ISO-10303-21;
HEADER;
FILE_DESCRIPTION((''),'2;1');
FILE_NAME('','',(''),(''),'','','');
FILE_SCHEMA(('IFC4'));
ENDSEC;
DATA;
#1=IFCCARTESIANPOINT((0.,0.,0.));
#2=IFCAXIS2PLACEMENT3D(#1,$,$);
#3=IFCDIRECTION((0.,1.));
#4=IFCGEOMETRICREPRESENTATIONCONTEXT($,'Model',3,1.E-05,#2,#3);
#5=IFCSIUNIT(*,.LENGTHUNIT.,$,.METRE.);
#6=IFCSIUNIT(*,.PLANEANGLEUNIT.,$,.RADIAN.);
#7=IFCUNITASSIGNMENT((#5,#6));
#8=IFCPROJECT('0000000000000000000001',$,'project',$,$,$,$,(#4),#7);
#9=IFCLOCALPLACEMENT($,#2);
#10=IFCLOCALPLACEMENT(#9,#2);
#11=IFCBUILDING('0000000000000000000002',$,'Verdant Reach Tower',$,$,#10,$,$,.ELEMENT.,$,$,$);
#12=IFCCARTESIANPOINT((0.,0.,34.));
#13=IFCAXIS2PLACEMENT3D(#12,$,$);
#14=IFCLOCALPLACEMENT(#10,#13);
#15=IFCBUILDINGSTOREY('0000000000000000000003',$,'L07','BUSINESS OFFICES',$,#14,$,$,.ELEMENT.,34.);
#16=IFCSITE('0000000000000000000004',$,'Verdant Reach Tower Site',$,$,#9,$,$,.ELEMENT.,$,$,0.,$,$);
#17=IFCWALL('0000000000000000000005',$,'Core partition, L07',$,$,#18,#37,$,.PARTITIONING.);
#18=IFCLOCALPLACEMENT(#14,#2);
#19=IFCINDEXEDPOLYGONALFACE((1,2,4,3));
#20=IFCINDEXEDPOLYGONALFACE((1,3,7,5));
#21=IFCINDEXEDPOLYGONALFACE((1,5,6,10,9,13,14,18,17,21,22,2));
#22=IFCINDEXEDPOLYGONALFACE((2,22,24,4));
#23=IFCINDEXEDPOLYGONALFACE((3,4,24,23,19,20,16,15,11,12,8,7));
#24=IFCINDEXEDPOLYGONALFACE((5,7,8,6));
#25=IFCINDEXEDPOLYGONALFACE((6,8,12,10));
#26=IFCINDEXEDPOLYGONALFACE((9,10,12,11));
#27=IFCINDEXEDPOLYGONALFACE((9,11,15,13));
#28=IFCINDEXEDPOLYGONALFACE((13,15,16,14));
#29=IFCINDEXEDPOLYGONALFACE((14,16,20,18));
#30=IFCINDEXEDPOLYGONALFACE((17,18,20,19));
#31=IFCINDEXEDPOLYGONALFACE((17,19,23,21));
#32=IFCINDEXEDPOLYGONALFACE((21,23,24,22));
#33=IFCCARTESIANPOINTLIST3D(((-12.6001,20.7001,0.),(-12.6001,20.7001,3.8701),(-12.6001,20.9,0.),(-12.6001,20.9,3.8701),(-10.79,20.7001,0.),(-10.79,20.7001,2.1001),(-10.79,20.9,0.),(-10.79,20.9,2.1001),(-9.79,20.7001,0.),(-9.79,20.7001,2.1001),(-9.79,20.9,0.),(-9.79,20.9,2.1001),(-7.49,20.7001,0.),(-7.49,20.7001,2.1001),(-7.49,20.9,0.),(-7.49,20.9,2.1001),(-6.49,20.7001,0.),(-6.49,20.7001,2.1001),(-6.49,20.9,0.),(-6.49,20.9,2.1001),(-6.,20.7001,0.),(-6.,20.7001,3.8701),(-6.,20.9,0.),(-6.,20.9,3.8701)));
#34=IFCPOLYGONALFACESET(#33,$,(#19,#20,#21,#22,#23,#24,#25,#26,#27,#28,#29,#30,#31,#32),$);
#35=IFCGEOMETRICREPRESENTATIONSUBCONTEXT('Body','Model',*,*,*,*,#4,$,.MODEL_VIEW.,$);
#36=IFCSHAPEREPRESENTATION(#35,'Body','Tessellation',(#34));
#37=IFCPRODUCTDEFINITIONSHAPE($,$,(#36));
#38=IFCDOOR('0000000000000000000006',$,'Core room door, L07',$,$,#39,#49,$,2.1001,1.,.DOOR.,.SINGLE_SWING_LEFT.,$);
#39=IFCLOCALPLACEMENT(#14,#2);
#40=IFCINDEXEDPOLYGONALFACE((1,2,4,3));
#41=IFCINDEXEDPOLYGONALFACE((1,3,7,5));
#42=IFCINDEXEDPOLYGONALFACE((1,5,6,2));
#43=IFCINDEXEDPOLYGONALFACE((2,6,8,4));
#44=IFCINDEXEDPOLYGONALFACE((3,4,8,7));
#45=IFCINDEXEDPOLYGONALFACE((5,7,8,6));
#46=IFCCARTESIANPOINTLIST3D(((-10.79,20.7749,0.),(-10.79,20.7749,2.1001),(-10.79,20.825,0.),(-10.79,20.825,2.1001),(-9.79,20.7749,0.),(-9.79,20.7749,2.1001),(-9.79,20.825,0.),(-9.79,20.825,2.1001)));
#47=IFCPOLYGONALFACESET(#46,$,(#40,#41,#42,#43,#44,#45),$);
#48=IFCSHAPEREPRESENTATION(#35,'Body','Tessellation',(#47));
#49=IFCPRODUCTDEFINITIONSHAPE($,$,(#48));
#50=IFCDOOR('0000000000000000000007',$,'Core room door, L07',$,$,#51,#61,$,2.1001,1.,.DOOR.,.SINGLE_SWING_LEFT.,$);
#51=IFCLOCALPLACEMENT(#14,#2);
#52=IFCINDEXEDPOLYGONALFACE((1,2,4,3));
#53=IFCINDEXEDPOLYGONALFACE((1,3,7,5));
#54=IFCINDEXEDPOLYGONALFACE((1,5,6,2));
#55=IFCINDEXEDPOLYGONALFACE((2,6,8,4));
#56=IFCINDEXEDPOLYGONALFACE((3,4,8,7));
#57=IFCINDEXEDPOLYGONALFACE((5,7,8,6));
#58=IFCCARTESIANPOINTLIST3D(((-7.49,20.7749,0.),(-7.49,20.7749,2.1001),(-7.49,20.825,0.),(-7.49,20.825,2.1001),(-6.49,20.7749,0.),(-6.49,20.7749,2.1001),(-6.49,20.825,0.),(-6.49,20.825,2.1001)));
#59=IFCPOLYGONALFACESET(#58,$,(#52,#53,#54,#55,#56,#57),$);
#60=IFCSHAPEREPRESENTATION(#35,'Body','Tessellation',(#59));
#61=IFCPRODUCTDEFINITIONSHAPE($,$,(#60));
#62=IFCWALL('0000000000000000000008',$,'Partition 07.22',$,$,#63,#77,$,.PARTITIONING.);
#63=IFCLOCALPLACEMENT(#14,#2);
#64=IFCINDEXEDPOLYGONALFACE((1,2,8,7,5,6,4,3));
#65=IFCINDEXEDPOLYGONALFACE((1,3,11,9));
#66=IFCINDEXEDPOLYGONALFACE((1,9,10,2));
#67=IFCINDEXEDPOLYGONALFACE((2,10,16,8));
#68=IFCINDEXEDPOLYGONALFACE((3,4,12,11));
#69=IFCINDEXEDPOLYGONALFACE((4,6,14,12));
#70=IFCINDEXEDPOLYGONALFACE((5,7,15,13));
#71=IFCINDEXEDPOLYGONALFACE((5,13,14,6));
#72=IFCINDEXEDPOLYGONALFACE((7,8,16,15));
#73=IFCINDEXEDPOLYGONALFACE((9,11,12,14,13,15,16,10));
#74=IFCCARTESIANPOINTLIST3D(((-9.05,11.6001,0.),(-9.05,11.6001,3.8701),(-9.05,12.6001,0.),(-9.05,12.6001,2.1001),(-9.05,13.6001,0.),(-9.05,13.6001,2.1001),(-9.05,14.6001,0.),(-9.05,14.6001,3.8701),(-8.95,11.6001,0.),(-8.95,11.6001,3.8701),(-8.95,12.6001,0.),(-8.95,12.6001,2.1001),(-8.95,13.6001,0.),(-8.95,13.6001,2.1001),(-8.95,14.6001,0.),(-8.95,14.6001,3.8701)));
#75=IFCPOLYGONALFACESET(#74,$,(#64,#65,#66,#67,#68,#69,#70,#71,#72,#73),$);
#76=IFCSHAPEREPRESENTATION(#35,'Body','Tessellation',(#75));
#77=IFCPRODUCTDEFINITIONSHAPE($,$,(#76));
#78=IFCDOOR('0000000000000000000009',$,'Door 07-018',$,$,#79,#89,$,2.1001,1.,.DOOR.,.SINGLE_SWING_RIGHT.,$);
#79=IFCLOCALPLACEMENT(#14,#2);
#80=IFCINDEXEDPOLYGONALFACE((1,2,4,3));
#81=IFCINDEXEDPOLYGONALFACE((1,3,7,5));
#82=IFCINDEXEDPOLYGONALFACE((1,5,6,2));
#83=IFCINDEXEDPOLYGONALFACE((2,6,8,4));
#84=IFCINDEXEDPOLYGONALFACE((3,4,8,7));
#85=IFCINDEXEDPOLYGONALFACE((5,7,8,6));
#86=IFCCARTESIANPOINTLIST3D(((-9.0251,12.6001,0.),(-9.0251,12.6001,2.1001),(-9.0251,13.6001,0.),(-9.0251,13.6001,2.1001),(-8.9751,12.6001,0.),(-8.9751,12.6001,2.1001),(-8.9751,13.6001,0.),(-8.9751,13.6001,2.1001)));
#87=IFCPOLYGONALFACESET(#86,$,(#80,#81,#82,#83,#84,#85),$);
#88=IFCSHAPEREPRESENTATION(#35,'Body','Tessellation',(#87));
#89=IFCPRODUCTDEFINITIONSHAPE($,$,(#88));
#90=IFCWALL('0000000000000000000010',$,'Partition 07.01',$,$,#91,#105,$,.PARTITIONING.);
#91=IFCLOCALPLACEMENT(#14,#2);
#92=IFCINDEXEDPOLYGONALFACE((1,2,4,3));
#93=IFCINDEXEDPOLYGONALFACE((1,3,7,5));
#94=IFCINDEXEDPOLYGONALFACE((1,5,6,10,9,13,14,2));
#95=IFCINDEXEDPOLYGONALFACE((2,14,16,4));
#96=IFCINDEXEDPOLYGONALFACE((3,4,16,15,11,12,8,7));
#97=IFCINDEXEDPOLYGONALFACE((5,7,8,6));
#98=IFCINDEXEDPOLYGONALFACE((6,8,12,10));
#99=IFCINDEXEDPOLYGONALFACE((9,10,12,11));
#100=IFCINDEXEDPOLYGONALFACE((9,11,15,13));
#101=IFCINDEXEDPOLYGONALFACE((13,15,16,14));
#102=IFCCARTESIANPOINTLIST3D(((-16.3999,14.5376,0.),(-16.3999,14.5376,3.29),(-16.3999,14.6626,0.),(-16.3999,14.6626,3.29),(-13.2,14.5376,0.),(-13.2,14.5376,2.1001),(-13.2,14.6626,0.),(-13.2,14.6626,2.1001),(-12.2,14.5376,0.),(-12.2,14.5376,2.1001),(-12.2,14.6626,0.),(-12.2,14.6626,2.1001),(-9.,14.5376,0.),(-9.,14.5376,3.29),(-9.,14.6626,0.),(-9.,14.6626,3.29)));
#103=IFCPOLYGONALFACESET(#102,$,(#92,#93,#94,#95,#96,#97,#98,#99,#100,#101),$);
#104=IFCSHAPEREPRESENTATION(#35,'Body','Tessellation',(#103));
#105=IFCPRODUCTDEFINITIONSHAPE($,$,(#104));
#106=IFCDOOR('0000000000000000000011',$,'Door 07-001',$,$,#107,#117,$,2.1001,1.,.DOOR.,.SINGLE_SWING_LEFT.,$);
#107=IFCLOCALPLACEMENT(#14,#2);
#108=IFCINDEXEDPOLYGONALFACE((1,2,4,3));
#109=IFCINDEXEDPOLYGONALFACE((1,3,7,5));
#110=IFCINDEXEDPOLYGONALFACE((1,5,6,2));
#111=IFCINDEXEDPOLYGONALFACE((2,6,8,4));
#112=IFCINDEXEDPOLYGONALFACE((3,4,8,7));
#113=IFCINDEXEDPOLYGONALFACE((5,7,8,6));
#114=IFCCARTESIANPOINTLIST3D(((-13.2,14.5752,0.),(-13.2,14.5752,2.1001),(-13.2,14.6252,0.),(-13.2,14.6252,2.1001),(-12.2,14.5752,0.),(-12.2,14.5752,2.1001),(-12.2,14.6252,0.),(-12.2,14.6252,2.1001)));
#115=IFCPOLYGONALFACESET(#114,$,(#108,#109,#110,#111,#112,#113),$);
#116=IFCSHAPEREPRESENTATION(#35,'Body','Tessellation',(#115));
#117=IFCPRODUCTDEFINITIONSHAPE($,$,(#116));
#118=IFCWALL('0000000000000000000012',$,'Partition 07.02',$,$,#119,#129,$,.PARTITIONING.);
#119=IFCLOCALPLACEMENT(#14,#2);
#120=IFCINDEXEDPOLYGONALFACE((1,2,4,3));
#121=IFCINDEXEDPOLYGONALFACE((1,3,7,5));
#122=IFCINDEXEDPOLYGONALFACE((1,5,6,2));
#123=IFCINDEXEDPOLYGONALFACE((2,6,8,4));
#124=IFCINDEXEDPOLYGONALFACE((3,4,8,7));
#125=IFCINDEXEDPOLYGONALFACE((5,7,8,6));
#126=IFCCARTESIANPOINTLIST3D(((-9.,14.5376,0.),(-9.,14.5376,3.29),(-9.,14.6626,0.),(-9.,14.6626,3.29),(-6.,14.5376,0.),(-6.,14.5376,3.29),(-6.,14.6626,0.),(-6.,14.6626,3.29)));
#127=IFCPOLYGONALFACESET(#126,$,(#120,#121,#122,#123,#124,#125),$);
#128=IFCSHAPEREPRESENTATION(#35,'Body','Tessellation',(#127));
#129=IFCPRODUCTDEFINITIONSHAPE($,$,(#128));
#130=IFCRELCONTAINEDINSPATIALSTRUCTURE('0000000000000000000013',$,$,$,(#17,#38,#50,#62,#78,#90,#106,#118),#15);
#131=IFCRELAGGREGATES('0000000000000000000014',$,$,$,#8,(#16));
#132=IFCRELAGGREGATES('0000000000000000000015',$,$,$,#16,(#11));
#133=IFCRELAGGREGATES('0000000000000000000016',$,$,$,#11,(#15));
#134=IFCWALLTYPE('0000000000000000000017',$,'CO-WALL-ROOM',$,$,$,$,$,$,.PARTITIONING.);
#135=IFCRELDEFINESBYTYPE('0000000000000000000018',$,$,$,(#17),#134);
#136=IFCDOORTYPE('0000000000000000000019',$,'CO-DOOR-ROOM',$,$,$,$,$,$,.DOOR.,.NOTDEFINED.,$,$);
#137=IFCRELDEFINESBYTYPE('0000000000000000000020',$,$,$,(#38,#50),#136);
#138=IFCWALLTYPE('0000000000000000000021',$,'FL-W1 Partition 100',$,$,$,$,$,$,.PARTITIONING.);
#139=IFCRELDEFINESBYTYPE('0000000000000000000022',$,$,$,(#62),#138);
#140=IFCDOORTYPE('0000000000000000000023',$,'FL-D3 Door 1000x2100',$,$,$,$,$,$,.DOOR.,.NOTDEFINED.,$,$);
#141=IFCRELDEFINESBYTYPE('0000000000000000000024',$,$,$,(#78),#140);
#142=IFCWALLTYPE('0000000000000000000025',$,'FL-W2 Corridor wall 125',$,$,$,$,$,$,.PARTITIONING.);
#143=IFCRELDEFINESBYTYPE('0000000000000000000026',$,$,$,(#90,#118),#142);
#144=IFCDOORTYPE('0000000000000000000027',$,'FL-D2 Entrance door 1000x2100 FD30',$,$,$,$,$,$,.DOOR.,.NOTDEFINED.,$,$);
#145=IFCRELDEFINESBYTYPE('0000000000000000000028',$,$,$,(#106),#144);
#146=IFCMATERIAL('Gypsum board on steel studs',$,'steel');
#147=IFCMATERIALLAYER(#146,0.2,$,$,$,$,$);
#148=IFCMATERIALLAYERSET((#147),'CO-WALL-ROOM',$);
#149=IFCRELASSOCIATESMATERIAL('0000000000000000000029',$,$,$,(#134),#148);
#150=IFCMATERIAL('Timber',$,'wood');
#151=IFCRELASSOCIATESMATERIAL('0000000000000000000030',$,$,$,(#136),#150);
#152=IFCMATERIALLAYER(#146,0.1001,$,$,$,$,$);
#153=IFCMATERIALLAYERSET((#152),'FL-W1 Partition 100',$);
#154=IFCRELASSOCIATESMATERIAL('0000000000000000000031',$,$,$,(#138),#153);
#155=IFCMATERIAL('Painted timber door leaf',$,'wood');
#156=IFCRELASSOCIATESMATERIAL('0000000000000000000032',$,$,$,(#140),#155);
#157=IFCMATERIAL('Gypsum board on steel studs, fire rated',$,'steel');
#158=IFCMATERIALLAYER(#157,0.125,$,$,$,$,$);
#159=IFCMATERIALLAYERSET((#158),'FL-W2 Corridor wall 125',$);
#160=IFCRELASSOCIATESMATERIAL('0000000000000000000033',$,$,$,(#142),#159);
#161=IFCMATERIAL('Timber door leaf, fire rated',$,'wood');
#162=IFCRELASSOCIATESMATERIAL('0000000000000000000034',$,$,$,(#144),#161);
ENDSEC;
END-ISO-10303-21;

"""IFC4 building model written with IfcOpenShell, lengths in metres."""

from ifc_helpers import new_model, si_unit, direction, frame, frame_2d, origin, place, context, subcontext, project, spatial, rectangle, extrude, material, layer, layer_set, type_object, element, fill, save


model = new_model("IFC4")

# Units and contexts
model_context = context("Model", 3, precision=1e-05, world=origin(), true_north=direction((0.0, 1.0)))
body_context = subcontext(model_context, "Body", "Model", "MODEL_VIEW")
ifc_project = project(units=[si_unit("LENGTHUNIT", "METRE"), si_unit("PLANEANGLEUNIT", "RADIAN")], contexts=[model_context])

# Site, building, storey
site_placement = place(None, origin())
site = spatial("IfcSite", under=ifc_project, at=site_placement, Name="Verdant Reach Tower Site", CompositionType="ELEMENT", RefElevation=0.0)
building_placement = place(site_placement, origin())
building = spatial("IfcBuilding", under=site, at=building_placement, Name="Verdant Reach Tower", CompositionType="ELEMENT")
storey_placement = place(building_placement, frame((0.0, 0.0, 34.0)))
storey = spatial("IfcBuildingStorey", under=building, at=storey_placement, Name="L07", Description="BUSINESS OFFICES", CompositionType="ELEMENT", Elevation=34.0)

# Wall, openings, doors
ifc_material_1 = material(Name="Gypsum board on steel studs", Category="steel")
ifc_layer_1 = layer(ifc_material_1, 0.2)
ifc_layer_set_1 = layer_set([ifc_layer_1], Name="CO-WALL-ROOM")
wall_type_1 = type_object("IfcWallType", Name="CO-WALL-ROOM", PredefinedType="PARTITIONING", material=ifc_layer_set_1)
wall_1_placement = place(storey_placement, frame((-12.6001, 20.8, 0.0), z_axis=(0.0, 0.0, 1.0), x_axis=(1.0, 0.0, 0.0)))
wall_1 = element("IfcWall", 1, at=wall_1_placement, inside=storey, type_object=wall_type_1, Name="Core partition, L07", PredefinedType="PARTITIONING", context=body_context, shape_type="SweptSolid", body=[
    extrude(rectangle(XDim=6.6001, YDim=0.2, at=frame_2d((3.3, 0.0))), origin(), (0.0, 0.0, 1.0), 3.8701),
])
opening_1_placement = place(wall_1_placement, frame((1.8101, 0.0, 0.0)))
opening_1 = element("IfcOpeningElement", 2, at=opening_1_placement, cuts=wall_1, PredefinedType="OPENING", context=body_context, shape_type="SweptSolid", body=[
    extrude(rectangle(XDim=1.0, YDim=2.1001, at=frame_2d((0.5, 1.05))), frame((0.0, 0.1099, 0.0), z_axis=(0.0, -1.0, 0.0), x_axis=(1.0, 0.0, 0.0)), (0.0, 0.0, 1.0), 0.22),
])
opening_2_placement = place(wall_1_placement, frame((5.1101, 0.0, 0.0)))
opening_2 = element("IfcOpeningElement", 3, at=opening_2_placement, cuts=wall_1, PredefinedType="OPENING", context=body_context, shape_type="SweptSolid", body=[
    extrude(rectangle(XDim=1.0, YDim=2.1001, at=frame_2d((0.5, 1.05))), frame((0.0, 0.1099, 0.0), z_axis=(0.0, -1.0, 0.0), x_axis=(1.0, 0.0, 0.0)), (0.0, 0.0, 1.0), 0.22),
])
ifc_material_2 = material(Name="Timber", Category="wood")
door_type_1 = type_object("IfcDoorType", Name="CO-DOOR-ROOM", OperationType="NOTDEFINED", PredefinedType="DOOR", material=ifc_material_2)
door_1_placement = place(opening_1_placement, origin())
door_1 = element("IfcDoor", 4, at=door_1_placement, inside=storey, type_object=door_type_1, Name="Core room door, L07", OperationType="SINGLE_SWING_LEFT", OverallHeight=2.1001, OverallWidth=1.0, PredefinedType="DOOR", context=body_context, shape_type="SweptSolid", body=[
    extrude(rectangle(XDim=1.0, YDim=2.1001, at=frame_2d((0.5, 1.05))), frame((0.0, 0.0249, 0.0), z_axis=(0.0, -1.0, 0.0), x_axis=(1.0, 0.0, 0.0)), (0.0, 0.0, 1.0), 0.05),
])
fill(opening_1, door_1)
door_2_placement = place(opening_2_placement, origin())
door_2 = element("IfcDoor", 5, at=door_2_placement, inside=storey, type_object=door_type_1, Name="Core room door, L07", OperationType="SINGLE_SWING_LEFT", OverallHeight=2.1001, OverallWidth=1.0, PredefinedType="DOOR", context=body_context, shape_type="SweptSolid", body=[
    extrude(rectangle(XDim=1.0, YDim=2.1001, at=frame_2d((0.5, 1.05))), frame((0.0, 0.0249, 0.0), z_axis=(0.0, -1.0, 0.0), x_axis=(1.0, 0.0, 0.0)), (0.0, 0.0, 1.0), 0.05),
])
fill(opening_2, door_2)

# Walls, openings, doors
ifc_layer_2 = layer(ifc_material_1, 0.1001)
ifc_layer_set_2 = layer_set([ifc_layer_2], Name="FL-W1 Partition 100")
wall_type_2 = type_object("IfcWallType", Name="FL-W1 Partition 100", PredefinedType="PARTITIONING", material=ifc_layer_set_2)
wall_2_placement = place(storey_placement, frame((-9.0, 14.6001, 0.0), z_axis=(0.0, 0.0, 1.0), x_axis=(0.0, -1.0, 0.0)))
wall_2 = element("IfcWall", 6, at=wall_2_placement, inside=storey, type_object=wall_type_2, Name="Partition 07.22", PredefinedType="PARTITIONING", context=body_context, shape_type="SweptSolid", body=[
    extrude(rectangle(XDim=3.0, YDim=0.1001, at=frame_2d((1.5, 0.0))), origin(), (0.0, 0.0, 1.0), 3.8701),
])
opening_3_placement = place(wall_2_placement, frame((1.0, 0.0, 0.0)))
opening_3 = element("IfcOpeningElement", 7, at=opening_3_placement, cuts=wall_2, PredefinedType="OPENING", context=body_context, shape_type="SweptSolid", body=[
    extrude(rectangle(XDim=1.0, YDim=2.1001, at=frame_2d((0.5, 1.05))), frame((0.0, 0.0601, 0.0), z_axis=(0.0, -1.0, 0.0), x_axis=(1.0, 0.0, 0.0)), (0.0, 0.0, 1.0), 0.1201),
])
ifc_material_3 = material(Name="Painted timber door leaf", Category="wood")
door_type_2 = type_object("IfcDoorType", Name="FL-D3 Door 1000x2100", OperationType="NOTDEFINED", PredefinedType="DOOR", material=ifc_material_3)
door_3_placement = place(opening_3_placement, origin())
door_3 = element("IfcDoor", 8, at=door_3_placement, inside=storey, type_object=door_type_2, Name="Door 07-018", OperationType="SINGLE_SWING_RIGHT", OverallHeight=2.1001, OverallWidth=1.0, PredefinedType="DOOR", context=body_context, shape_type="SweptSolid", body=[
    extrude(rectangle(XDim=1.0, YDim=2.1001, at=frame_2d((0.5, 1.05))), frame((0.0, 0.0249, 0.0), z_axis=(0.0, -1.0, 0.0), x_axis=(1.0, 0.0, 0.0)), (0.0, 0.0, 1.0), 0.05),
])
fill(opening_3, door_3)
ifc_material_4 = material(Name="Gypsum board on steel studs, fire rated", Category="steel")
ifc_layer_3 = layer(ifc_material_4, 0.125)
ifc_layer_set_3 = layer_set([ifc_layer_3], Name="FL-W2 Corridor wall 125")
wall_type_3 = type_object("IfcWallType", Name="FL-W2 Corridor wall 125", PredefinedType="PARTITIONING", material=ifc_layer_set_3)
wall_3_placement = place(storey_placement, frame((-9.0, 14.6001, 0.0), z_axis=(0.0, 0.0, 1.0), x_axis=(-1.0, 0.0, 0.0)))
wall_3 = element("IfcWall", 9, at=wall_3_placement, inside=storey, type_object=wall_type_3, Name="Partition 07.01", PredefinedType="PARTITIONING", context=body_context, shape_type="SweptSolid", body=[
    extrude(rectangle(XDim=7.3999, YDim=0.125, at=frame_2d((3.7, 0.0))), origin(), (0.0, 0.0, 1.0), 3.29),
])
opening_4_placement = place(wall_3_placement, frame((3.2, 0.0, 0.0)))
opening_4 = element("IfcOpeningElement", 10, at=opening_4_placement, cuts=wall_3, PredefinedType="OPENING", context=body_context, shape_type="SweptSolid", body=[
    extrude(rectangle(XDim=1.0, YDim=2.1001, at=frame_2d((0.5, 1.05))), frame((0.0, 0.0725, 0.0), z_axis=(0.0, -1.0, 0.0), x_axis=(1.0, 0.0, 0.0)), (0.0, 0.0, 1.0), 0.145),
])
ifc_material_5 = material(Name="Timber door leaf, fire rated", Category="wood")
door_type_3 = type_object("IfcDoorType", Name="FL-D2 Entrance door 1000x2100 FD30", OperationType="NOTDEFINED", PredefinedType="DOOR", material=ifc_material_5)
door_4_placement = place(opening_4_placement, origin())
door_4 = element("IfcDoor", 11, at=door_4_placement, inside=storey, type_object=door_type_3, Name="Door 07-001", OperationType="SINGLE_SWING_LEFT", OverallHeight=2.1001, OverallWidth=1.0, PredefinedType="DOOR", context=body_context, shape_type="SweptSolid", body=[
    extrude(rectangle(XDim=1.0, YDim=2.1001, at=frame_2d((0.5, 1.05))), frame((0.0, 0.0249, 0.0), z_axis=(0.0, -1.0, 0.0), x_axis=(1.0, 0.0, 0.0)), (0.0, 0.0, 1.0), 0.05),
])
fill(opening_4, door_4)

# Wall
wall_4_placement = place(storey_placement, frame((-9.0, 14.6001, 0.0), z_axis=(0.0, 0.0, 1.0), x_axis=(1.0, 0.0, 0.0)))
element("IfcWall", 12, at=wall_4_placement, inside=storey, type_object=wall_type_3, Name="Partition 07.02", PredefinedType="PARTITIONING", context=body_context, shape_type="SweptSolid", body=[
    extrude(rectangle(XDim=3.0, YDim=0.125, at=frame_2d((1.5, 0.0))), origin(), (0.0, 0.0, 1.0), 3.29),
])

save(model, "model.ifc")
